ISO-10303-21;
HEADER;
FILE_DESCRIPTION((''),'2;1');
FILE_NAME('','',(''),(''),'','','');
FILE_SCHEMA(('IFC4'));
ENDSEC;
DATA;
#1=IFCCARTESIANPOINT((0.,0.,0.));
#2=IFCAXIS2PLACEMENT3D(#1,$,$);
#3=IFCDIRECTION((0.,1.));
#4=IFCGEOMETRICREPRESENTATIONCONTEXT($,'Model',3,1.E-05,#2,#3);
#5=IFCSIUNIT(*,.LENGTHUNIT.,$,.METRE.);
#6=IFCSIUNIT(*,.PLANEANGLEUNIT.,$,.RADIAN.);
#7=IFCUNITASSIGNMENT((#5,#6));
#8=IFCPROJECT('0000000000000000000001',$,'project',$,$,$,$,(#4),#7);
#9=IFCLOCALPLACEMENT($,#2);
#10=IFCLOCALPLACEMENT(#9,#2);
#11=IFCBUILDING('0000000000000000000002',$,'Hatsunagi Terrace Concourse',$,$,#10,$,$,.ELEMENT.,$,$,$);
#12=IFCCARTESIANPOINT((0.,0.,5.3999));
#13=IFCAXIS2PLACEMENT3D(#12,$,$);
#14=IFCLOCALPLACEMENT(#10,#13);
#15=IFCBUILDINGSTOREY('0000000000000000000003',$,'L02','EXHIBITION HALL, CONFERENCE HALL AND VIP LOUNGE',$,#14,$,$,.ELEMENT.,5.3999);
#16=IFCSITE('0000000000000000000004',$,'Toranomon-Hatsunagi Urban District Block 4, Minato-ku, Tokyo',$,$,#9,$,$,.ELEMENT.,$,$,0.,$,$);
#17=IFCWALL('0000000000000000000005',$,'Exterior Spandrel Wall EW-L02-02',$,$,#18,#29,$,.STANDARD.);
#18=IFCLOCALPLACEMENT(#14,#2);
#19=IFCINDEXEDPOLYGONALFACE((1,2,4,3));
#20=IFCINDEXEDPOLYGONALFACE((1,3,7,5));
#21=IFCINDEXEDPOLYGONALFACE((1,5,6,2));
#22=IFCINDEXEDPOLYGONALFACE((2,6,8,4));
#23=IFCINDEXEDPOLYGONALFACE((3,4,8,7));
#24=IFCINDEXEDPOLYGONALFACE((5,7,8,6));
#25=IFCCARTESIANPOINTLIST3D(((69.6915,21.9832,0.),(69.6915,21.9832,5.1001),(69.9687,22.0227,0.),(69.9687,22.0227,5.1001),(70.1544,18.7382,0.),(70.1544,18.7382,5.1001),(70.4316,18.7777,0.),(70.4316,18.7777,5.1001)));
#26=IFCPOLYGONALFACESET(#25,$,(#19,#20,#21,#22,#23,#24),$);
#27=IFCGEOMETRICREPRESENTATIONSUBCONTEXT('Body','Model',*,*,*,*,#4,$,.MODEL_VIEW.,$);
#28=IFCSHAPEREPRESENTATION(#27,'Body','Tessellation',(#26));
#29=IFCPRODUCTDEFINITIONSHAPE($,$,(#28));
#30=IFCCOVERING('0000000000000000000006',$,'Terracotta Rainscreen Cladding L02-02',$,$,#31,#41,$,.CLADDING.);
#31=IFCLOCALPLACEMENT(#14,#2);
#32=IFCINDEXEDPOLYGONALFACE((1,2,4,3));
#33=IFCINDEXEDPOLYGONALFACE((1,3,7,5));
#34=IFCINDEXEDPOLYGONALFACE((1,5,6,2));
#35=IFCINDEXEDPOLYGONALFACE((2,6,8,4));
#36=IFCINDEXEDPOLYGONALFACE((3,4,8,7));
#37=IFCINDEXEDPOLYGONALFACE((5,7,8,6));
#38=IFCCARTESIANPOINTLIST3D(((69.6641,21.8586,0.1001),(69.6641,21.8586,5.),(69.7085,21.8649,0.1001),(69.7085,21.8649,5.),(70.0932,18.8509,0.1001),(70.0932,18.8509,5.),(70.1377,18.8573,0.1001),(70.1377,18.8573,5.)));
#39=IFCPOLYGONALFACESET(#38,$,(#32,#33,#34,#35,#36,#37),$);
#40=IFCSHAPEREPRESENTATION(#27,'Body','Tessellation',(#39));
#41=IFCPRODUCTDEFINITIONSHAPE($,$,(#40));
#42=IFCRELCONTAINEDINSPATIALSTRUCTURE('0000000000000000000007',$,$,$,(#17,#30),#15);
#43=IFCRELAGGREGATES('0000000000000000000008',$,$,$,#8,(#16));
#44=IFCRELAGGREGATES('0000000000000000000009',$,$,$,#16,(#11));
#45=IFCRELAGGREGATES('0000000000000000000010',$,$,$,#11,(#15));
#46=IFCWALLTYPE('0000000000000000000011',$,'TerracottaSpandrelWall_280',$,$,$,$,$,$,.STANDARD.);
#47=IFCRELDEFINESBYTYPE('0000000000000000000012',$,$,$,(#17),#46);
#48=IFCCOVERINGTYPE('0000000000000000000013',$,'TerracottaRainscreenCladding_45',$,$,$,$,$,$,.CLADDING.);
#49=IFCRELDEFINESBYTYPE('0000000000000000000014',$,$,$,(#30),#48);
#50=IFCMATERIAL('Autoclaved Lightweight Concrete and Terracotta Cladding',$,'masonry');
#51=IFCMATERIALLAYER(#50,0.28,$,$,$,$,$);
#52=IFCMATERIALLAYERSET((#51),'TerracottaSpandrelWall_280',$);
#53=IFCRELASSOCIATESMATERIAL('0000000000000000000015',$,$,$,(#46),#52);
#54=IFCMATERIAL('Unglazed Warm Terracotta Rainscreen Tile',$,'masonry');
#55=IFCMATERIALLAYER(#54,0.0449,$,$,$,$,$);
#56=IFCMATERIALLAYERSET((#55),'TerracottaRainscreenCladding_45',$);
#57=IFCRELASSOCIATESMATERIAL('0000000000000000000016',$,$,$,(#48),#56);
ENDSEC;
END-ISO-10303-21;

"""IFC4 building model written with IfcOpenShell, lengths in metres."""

from ifc_helpers import new_model, si_unit, direction, frame, frame_2d, origin, origin_2d, place, context, subcontext, project, spatial, rectangle, extrude, material, layer, layer_set, type_object, element, save


model = new_model("IFC4")

# Units and contexts
model_context = context("Model", 3, precision=1e-05, world=origin(), true_north=direction((0.0, 1.0)))
body_context = subcontext(model_context, "Body", "Model", "MODEL_VIEW")
ifc_project = project(units=[si_unit("LENGTHUNIT", "METRE"), si_unit("PLANEANGLEUNIT", "RADIAN")], contexts=[model_context])

# Site, building, storey
site_placement = place(None, origin())
site = spatial("IfcSite", under=ifc_project, at=site_placement, Name="Toranomon-Hatsunagi Urban District Block 4, Minato-ku, Tokyo", CompositionType="ELEMENT", RefElevation=0.0)
building_placement = place(site_placement, origin())
building = spatial("IfcBuilding", under=site, at=building_placement, Name="Hatsunagi Terrace Concourse", CompositionType="ELEMENT")
storey_placement = place(building_placement, frame((0.0, 0.0, 5.3999)))
storey = spatial("IfcBuildingStorey", under=building, at=storey_placement, Name="L02", Description="EXHIBITION HALL, CONFERENCE HALL AND VIP LOUNGE", CompositionType="ELEMENT", Elevation=5.3999)

# Wall
ifc_material_1 = material(Name="Autoclaved Lightweight Concrete and Terracotta Cladding", Category="masonry")
ifc_layer_1 = layer(ifc_material_1, 0.28)
ifc_layer_set_1 = layer_set([ifc_layer_1], Name="TerracottaSpandrelWall_280")
wall_type = type_object("IfcWallType", Name="TerracottaSpandrelWall_280", PredefinedType="STANDARD", material=ifc_layer_set_1)
wall_placement = place(storey_placement, frame((69.8301, 22.0029, 0.0), z_axis=(0.0, 0.0, 1.0), x_axis=(0.141223, -0.989978, 0.0)))
element("IfcWall", 1, at=wall_placement, inside=storey, type_object=wall_type, Name="Exterior Spandrel Wall EW-L02-02", PredefinedType="STANDARD", context=body_context, shape_type="SweptSolid", body=[
    extrude(rectangle(XDim=3.2778, YDim=0.28, at=frame_2d((1.6389, 0.0))), origin(), (0.0, 0.0, 1.0), 5.1001),
])

# Covering
ifc_material_2 = material(Name="Unglazed Warm Terracotta Rainscreen Tile", Category="masonry")
ifc_layer_2 = layer(ifc_material_2, 0.0449)
ifc_layer_set_2 = layer_set([ifc_layer_2], Name="TerracottaRainscreenCladding_45")
covering_type = type_object("IfcCoveringType", Name="TerracottaRainscreenCladding_45", PredefinedType="CLADDING", material=ifc_layer_set_2)
covering_placement = place(storey_placement, frame((69.9009, 20.3579, 0.1001), z_axis=(0.0, 0.0, 1.0), x_axis=(0.14125, -0.989974, 0.0)))
element("IfcCovering", 2, at=covering_placement, inside=storey, type_object=covering_type, Name="Terracotta Rainscreen Cladding L02-02", PredefinedType="CLADDING", context=body_context, shape_type="SweptSolid", body=[
    extrude(rectangle(XDim=3.0381, YDim=0.0449, at=origin_2d()), origin(), (0.0, 0.0, 1.0), 4.8999),
])

save(model, "model.ifc")
